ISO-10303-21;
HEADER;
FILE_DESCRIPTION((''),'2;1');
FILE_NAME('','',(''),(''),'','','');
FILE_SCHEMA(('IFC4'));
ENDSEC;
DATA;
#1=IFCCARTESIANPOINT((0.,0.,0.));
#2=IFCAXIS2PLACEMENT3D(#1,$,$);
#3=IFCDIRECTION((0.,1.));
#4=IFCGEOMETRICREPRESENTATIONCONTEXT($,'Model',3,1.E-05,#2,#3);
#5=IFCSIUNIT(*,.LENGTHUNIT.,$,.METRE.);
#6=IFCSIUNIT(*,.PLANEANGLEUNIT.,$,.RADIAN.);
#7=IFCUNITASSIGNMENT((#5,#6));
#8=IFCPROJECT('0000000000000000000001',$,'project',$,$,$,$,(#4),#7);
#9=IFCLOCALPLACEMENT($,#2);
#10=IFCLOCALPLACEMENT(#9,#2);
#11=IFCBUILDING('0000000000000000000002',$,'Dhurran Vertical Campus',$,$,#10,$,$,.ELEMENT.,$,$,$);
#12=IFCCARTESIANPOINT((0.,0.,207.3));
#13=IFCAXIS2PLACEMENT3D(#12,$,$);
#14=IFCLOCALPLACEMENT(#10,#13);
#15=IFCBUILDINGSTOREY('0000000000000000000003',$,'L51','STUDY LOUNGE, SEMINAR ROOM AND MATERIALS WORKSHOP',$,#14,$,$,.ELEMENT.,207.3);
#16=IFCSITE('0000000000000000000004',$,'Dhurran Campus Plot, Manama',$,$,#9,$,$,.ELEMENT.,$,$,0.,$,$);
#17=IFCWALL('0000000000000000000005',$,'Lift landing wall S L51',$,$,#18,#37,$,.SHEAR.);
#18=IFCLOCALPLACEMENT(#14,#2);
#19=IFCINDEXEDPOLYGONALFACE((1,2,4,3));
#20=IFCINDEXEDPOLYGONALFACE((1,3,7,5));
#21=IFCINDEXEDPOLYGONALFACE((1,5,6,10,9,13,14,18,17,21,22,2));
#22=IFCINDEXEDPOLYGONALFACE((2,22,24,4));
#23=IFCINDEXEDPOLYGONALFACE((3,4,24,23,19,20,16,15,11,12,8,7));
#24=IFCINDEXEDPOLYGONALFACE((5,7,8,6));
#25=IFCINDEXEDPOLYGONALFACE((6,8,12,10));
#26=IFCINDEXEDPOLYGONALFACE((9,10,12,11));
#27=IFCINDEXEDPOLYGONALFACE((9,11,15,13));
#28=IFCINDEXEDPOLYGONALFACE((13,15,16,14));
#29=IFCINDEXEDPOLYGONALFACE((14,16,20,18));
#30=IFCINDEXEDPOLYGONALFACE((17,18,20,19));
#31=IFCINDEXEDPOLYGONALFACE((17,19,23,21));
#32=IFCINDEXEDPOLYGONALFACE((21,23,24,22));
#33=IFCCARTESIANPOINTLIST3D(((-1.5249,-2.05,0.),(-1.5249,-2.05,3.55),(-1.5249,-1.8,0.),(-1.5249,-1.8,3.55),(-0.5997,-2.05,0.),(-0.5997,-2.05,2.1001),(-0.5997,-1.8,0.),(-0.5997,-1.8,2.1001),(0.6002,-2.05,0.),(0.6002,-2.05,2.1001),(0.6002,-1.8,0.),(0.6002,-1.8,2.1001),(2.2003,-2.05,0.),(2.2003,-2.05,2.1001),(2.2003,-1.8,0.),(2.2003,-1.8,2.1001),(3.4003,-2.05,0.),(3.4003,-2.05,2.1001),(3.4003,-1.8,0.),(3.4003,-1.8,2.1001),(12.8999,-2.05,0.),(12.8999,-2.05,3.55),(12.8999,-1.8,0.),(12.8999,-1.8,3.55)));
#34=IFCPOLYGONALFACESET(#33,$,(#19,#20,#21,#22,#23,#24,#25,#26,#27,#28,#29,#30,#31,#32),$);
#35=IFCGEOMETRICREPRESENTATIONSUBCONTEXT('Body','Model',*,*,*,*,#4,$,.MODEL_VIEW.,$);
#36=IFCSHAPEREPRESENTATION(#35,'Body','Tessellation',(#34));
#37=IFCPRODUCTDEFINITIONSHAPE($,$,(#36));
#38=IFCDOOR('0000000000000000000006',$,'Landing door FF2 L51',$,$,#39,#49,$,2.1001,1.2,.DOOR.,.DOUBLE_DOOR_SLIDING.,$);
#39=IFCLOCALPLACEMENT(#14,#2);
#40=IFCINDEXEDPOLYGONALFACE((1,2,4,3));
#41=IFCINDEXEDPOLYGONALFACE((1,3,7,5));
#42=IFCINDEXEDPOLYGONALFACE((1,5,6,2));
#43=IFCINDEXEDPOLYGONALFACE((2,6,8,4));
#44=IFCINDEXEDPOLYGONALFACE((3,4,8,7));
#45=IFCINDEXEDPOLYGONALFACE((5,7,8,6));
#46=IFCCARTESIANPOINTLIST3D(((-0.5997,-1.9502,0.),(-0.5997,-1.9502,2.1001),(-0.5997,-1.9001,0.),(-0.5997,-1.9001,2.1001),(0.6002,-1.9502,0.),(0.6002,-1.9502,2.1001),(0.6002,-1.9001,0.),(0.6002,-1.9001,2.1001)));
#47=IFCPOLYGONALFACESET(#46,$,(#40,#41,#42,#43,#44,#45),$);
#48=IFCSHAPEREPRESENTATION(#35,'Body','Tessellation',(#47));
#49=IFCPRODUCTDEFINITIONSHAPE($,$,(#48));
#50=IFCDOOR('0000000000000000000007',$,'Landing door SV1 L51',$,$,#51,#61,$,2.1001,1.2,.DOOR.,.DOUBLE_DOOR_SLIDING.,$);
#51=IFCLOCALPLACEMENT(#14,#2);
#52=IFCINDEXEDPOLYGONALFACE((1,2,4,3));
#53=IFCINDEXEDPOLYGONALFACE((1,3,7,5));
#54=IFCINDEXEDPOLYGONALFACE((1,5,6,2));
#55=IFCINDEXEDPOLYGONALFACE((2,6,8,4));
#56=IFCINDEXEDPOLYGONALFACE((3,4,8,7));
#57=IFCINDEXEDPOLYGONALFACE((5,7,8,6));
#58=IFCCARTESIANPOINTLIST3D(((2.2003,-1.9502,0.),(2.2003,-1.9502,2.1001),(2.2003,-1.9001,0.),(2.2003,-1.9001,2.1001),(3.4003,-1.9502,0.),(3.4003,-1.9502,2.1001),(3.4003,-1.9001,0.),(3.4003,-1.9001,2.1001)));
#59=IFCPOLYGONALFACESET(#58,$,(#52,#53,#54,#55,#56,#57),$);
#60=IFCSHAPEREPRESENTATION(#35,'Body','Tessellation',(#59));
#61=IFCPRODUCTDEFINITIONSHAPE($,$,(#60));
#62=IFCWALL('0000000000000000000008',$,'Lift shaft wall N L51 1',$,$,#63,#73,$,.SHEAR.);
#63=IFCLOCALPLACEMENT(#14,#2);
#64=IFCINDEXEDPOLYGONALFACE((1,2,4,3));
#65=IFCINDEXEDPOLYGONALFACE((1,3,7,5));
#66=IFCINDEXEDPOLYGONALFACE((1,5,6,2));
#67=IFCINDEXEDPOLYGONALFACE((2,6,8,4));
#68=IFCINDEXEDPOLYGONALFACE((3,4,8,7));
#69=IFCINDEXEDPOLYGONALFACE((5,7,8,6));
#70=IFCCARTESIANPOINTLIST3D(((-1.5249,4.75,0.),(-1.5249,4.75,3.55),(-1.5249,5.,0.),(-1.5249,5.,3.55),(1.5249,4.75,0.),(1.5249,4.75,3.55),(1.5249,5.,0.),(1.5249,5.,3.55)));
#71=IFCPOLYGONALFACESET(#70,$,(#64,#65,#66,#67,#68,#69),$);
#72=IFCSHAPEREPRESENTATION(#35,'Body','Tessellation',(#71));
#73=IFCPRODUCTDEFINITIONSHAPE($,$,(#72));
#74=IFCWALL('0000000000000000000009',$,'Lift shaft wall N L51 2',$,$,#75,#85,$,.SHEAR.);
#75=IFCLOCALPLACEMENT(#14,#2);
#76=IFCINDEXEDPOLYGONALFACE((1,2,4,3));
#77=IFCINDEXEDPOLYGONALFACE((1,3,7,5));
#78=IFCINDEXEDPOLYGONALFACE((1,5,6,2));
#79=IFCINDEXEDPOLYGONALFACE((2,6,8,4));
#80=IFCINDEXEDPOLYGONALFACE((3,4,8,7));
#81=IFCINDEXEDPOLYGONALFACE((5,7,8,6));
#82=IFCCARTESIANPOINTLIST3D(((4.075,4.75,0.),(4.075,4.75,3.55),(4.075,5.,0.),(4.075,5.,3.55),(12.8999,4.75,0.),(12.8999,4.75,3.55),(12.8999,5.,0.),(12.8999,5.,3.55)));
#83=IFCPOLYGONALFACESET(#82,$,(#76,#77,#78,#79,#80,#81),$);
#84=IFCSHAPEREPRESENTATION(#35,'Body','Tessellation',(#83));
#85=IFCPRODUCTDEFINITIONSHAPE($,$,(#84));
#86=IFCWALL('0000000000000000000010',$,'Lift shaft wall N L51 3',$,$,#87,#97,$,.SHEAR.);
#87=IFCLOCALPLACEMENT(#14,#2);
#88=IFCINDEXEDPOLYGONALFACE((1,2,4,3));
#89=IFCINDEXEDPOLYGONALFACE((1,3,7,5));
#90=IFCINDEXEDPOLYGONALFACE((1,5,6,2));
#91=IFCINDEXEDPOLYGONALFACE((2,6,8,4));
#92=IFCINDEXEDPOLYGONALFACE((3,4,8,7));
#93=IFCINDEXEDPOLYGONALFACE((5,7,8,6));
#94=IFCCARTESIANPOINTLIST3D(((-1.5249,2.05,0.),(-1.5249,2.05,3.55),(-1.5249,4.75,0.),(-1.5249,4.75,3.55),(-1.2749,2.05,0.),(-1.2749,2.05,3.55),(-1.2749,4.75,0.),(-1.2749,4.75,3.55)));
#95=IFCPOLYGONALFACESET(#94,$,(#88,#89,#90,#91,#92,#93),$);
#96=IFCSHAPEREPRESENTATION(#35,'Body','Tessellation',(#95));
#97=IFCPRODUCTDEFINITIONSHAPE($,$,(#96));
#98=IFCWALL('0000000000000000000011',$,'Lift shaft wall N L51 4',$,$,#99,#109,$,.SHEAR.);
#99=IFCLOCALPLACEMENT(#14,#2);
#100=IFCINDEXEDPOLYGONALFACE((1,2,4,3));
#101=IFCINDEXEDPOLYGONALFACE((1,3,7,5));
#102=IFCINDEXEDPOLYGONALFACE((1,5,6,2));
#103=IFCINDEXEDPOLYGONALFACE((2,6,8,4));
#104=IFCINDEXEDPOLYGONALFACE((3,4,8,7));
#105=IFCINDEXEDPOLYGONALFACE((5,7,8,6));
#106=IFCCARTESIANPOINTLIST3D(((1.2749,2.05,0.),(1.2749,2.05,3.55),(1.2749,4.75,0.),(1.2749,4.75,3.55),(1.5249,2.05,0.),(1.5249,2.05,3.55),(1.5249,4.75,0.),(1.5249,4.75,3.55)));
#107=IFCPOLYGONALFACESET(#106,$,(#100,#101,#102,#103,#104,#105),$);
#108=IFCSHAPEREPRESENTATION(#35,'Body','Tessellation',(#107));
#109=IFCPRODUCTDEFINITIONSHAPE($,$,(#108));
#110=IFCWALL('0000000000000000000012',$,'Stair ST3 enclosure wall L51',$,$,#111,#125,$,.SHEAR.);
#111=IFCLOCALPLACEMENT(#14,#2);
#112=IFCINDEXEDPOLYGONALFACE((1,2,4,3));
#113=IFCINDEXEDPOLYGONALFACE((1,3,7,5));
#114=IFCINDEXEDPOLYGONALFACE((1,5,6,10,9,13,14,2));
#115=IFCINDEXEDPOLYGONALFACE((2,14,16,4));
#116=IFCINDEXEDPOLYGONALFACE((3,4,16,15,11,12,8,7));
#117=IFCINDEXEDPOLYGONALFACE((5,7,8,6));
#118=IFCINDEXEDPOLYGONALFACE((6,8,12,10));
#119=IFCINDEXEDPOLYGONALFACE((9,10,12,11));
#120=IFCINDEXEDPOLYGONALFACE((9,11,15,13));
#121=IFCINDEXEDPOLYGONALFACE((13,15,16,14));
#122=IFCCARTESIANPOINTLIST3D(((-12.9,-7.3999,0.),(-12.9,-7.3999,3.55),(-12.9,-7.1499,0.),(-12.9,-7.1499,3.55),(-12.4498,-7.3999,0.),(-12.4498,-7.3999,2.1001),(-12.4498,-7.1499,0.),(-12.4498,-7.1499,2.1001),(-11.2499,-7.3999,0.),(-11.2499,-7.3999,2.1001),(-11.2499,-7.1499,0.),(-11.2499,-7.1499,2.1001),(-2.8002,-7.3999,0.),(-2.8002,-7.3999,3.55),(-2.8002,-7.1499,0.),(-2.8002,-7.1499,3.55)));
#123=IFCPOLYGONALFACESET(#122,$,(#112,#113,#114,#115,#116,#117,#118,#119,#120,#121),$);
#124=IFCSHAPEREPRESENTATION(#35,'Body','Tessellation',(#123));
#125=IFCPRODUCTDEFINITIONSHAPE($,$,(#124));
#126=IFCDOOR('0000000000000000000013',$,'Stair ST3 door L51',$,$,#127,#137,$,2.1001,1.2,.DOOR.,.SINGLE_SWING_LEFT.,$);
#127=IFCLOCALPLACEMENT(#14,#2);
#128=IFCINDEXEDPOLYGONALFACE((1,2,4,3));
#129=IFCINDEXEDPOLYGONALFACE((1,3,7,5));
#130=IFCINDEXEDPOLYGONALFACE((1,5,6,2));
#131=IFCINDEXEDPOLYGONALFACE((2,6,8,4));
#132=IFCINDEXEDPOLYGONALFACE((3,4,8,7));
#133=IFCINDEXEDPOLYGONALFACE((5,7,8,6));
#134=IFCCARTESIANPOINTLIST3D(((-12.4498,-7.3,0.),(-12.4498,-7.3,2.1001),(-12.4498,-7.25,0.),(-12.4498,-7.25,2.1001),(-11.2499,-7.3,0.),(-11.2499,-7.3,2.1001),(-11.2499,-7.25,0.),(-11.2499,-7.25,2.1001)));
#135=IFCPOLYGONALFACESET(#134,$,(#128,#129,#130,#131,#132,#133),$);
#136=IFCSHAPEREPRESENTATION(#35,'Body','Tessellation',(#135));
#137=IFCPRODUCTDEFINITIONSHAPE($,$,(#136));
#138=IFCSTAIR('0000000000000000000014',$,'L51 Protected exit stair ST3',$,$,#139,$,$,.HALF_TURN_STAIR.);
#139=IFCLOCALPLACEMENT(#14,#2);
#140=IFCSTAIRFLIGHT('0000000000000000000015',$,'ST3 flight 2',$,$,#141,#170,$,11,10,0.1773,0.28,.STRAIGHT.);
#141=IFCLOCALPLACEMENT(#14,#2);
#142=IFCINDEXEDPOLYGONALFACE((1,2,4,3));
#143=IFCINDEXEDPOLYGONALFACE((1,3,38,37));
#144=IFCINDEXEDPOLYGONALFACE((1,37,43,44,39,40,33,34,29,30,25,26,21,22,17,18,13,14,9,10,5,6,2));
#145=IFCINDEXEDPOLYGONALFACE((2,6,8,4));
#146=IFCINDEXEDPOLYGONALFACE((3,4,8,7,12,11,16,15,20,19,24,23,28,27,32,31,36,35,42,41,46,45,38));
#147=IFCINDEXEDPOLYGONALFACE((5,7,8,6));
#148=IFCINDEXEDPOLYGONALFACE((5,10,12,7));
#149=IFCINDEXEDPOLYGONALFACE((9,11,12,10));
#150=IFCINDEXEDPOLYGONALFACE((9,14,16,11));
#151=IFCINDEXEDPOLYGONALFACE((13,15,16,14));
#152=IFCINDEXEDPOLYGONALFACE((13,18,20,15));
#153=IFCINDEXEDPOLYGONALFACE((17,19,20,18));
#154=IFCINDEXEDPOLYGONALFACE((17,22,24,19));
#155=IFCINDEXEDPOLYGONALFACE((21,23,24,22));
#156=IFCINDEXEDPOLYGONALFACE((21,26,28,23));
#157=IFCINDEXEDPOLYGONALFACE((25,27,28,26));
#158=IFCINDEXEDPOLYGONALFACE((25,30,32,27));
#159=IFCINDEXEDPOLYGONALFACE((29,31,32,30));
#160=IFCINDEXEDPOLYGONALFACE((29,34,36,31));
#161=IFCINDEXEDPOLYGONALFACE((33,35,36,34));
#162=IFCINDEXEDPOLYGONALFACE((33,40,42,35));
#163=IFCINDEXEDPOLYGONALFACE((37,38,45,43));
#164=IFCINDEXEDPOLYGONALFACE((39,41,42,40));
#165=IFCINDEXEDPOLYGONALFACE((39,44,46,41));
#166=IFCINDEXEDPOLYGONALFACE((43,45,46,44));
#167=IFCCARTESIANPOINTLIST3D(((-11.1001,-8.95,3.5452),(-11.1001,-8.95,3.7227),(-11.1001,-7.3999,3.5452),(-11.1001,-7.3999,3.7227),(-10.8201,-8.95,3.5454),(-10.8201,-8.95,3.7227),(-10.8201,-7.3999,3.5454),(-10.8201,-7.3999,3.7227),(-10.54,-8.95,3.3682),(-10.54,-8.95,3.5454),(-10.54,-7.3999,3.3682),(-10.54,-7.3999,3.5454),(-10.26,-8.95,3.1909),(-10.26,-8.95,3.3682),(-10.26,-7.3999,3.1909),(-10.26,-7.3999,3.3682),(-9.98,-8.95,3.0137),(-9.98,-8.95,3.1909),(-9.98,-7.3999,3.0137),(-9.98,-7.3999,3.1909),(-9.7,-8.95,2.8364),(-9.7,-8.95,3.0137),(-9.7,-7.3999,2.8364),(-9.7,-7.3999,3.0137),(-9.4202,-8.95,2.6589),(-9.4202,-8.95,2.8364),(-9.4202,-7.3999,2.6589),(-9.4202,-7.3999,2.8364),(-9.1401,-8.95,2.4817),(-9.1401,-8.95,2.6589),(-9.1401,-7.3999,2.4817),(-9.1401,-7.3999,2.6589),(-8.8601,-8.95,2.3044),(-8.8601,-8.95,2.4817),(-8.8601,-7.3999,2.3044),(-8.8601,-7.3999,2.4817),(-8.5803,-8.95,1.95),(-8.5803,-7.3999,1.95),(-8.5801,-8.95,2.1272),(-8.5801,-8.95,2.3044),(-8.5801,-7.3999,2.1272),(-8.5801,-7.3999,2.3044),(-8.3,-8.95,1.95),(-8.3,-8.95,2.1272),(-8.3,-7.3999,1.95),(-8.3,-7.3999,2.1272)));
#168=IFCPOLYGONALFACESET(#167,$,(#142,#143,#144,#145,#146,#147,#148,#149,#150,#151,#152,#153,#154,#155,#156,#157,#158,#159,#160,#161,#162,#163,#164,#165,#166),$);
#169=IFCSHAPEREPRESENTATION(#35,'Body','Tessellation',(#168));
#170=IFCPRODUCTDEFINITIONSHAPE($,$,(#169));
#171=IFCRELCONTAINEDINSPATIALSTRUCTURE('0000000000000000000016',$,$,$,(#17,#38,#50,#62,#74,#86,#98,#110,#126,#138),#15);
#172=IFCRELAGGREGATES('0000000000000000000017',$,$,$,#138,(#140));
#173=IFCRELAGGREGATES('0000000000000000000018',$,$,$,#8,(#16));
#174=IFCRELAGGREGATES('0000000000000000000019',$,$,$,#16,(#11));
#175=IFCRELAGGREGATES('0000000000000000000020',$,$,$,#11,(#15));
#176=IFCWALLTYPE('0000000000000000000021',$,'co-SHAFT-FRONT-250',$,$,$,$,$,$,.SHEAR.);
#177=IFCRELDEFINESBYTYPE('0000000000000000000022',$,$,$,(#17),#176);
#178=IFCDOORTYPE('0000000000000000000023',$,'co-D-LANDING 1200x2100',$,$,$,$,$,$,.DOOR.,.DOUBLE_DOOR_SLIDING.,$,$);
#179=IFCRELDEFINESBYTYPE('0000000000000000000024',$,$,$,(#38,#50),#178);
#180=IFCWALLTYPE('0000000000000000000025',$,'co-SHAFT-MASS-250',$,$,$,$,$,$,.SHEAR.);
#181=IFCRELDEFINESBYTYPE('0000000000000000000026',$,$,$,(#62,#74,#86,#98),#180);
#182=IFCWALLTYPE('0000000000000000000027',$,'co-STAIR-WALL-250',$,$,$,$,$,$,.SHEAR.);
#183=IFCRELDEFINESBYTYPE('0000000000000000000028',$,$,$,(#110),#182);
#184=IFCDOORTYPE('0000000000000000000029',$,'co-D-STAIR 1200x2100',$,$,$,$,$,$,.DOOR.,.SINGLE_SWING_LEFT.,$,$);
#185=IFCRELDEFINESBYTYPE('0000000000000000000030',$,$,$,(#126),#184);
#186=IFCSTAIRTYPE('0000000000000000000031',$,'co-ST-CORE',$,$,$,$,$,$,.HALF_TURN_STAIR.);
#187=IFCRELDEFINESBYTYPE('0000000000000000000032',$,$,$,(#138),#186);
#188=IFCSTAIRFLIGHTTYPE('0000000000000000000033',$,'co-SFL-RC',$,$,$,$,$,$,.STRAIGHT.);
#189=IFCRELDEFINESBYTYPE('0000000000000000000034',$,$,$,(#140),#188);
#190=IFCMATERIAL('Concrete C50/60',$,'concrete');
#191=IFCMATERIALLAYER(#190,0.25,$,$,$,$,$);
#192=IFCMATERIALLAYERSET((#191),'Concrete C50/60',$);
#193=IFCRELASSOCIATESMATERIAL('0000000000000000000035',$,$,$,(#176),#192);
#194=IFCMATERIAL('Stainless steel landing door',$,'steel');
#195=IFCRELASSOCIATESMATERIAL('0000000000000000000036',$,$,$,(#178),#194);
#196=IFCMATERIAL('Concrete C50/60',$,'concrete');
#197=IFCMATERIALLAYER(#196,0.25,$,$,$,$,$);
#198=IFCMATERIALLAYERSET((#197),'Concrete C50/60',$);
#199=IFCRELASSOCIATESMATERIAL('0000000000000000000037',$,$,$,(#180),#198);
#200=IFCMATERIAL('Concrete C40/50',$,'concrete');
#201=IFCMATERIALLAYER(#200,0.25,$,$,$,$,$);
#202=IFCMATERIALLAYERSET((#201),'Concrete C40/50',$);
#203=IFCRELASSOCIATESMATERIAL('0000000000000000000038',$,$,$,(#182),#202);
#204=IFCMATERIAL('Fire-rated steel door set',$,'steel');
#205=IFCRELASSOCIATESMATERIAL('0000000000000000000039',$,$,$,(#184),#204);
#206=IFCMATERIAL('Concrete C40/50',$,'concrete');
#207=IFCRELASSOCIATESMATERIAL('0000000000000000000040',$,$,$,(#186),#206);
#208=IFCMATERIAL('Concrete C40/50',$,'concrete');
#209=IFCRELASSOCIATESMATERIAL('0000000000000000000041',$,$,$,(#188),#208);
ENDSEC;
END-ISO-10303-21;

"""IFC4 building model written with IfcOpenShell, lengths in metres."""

from ifc_helpers import new_model, si_unit, direction, frame, frame_2d, origin, place, context, subcontext, project, spatial, polyline, rectangle, outline, extrude, material, layer, layer_set, type_object, element, fill, aggregate, save


model = new_model("IFC4")

# Units and contexts
model_context = context("Model", 3, precision=1e-05, world=origin(), true_north=direction((0.0, 1.0)))
body_context = subcontext(model_context, "Body", "Model", "MODEL_VIEW")
ifc_project = project(units=[si_unit("LENGTHUNIT", "METRE"), si_unit("PLANEANGLEUNIT", "RADIAN")], contexts=[model_context])

# Site, building, storey
site_placement = place(None, origin())
site = spatial("IfcSite", under=ifc_project, at=site_placement, Name="Dhurran Campus Plot, Manama", CompositionType="ELEMENT", RefElevation=0.0)
building_placement = place(site_placement, origin())
building = spatial("IfcBuilding", under=site, at=building_placement, Name="Dhurran Vertical Campus", CompositionType="ELEMENT")
storey_placement = place(building_placement, frame((0.0, 0.0, 207.3)))
storey = spatial("IfcBuildingStorey", under=building, at=storey_placement, Name="L51", Description="STUDY LOUNGE, SEMINAR ROOM AND MATERIALS WORKSHOP", CompositionType="ELEMENT", Elevation=207.3)

# Wall, openings, doors
ifc_material_1 = material(Name="Concrete C50/60", Category="concrete")
ifc_layer_1 = layer(ifc_material_1, 0.25)
ifc_layer_set_1 = layer_set([ifc_layer_1], Name="Concrete C50/60")
wall_type_1 = type_object("IfcWallType", Name="co-SHAFT-FRONT-250", PredefinedType="SHEAR", material=ifc_layer_set_1)
ifc_material_2 = material(Name="Stainless steel landing door", Category="steel")
door_type_1 = type_object("IfcDoorType", Name="co-D-LANDING 1200x2100", OperationType="DOUBLE_DOOR_SLIDING", PredefinedType="DOOR", material=ifc_material_2)
wall_1_placement = place(storey_placement, frame((-1.5249, -1.925, 0.0), z_axis=(0.0, 0.0, 1.0), x_axis=(1.0, 0.0, 0.0)))
wall_1 = element("IfcWall", 1, at=wall_1_placement, inside=storey, type_object=wall_type_1, Name="Lift landing wall S L51", PredefinedType="SHEAR", context=body_context, shape_type="SweptSolid", body=[
    extrude(rectangle(XDim=14.4248, YDim=0.25, at=frame_2d((7.2124, 0.0))), origin(), (0.0, 0.0, 1.0), 3.55),
])
opening_1_placement = place(wall_1_placement, frame((0.925, 0.0, 0.0)))
opening_1 = element("IfcOpeningElement", 2, at=opening_1_placement, cuts=wall_1, PredefinedType="OPENING", context=body_context, shape_type="SweptSolid", body=[
    extrude(rectangle(XDim=1.2, YDim=2.1001, at=frame_2d((0.6001, 1.05))), frame((0.0, 0.135, 0.0), z_axis=(0.0, -1.0, 0.0), x_axis=(1.0, 0.0, 0.0)), (0.0, 0.0, 1.0), 0.27),
])
opening_2_placement = place(wall_1_placement, frame((3.7251, 0.0, 0.0)))
opening_2 = element("IfcOpeningElement", 3, at=opening_2_placement, cuts=wall_1, PredefinedType="OPENING", context=body_context, shape_type="SweptSolid", body=[
    extrude(rectangle(XDim=1.2, YDim=2.1001, at=frame_2d((0.6001, 1.05))), frame((0.0, 0.135, 0.0), z_axis=(0.0, -1.0, 0.0), x_axis=(1.0, 0.0, 0.0)), (0.0, 0.0, 1.0), 0.27),
])
door_1_placement = place(opening_1_placement, origin())
door_1 = element("IfcDoor", 4, at=door_1_placement, inside=storey, type_object=door_type_1, Name="Landing door FF2 L51", OperationType="DOUBLE_DOOR_SLIDING", OverallHeight=2.1001, OverallWidth=1.2, PredefinedType="DOOR", context=body_context, shape_type="SweptSolid", body=[
    extrude(rectangle(XDim=1.2, YDim=2.1001, at=frame_2d((0.6001, 1.05))), frame((0.0, 0.0249, 0.0), z_axis=(0.0, -1.0, 0.0), x_axis=(1.0, 0.0, 0.0)), (0.0, 0.0, 1.0), 0.05),
])
fill(opening_1, door_1)
door_2_placement = place(opening_2_placement, origin())
door_2 = element("IfcDoor", 5, at=door_2_placement, inside=storey, type_object=door_type_1, Name="Landing door SV1 L51", OperationType="DOUBLE_DOOR_SLIDING", OverallHeight=2.1001, OverallWidth=1.2, PredefinedType="DOOR", context=body_context, shape_type="SweptSolid", body=[
    extrude(rectangle(XDim=1.2, YDim=2.1001, at=frame_2d((0.6001, 1.05))), frame((0.0, 0.0249, 0.0), z_axis=(0.0, -1.0, 0.0), x_axis=(1.0, 0.0, 0.0)), (0.0, 0.0, 1.0), 0.05),
])
fill(opening_2, door_2)

# Walls
ifc_material_3 = material(Name="Concrete C50/60", Category="concrete")
ifc_layer_2 = layer(ifc_material_3, 0.25)
ifc_layer_set_2 = layer_set([ifc_layer_2], Name="Concrete C50/60")
wall_type_2 = type_object("IfcWallType", Name="co-SHAFT-MASS-250", PredefinedType="SHEAR", material=ifc_layer_set_2)
wall_2_placement = place(storey_placement, origin())
element("IfcWall", 6, at=wall_2_placement, inside=storey, type_object=wall_type_2, Name="Lift shaft wall N L51 1", PredefinedType="SHEAR", context=body_context, shape_type="SweptSolid", body=[
    extrude(outline(polyline([(-1.5249, 4.75), (1.5249, 4.75), (1.5249, 5.0), (-1.5249, 5.0), (-1.5249, 4.75)])), origin(), (0.0, 0.0, 1.0), 3.55),
])
wall_3_placement = place(storey_placement, origin())
element("IfcWall", 7, at=wall_3_placement, inside=storey, type_object=wall_type_2, Name="Lift shaft wall N L51 2", PredefinedType="SHEAR", context=body_context, shape_type="SweptSolid", body=[
    extrude(outline(polyline([(4.075, 4.75), (12.8999, 4.75), (12.8999, 5.0), (4.075, 5.0), (4.075, 4.75)])), origin(), (0.0, 0.0, 1.0), 3.55),
])
wall_4_placement = place(storey_placement, origin())
element("IfcWall", 8, at=wall_4_placement, inside=storey, type_object=wall_type_2, Name="Lift shaft wall N L51 3", PredefinedType="SHEAR", context=body_context, shape_type="SweptSolid", body=[
    extrude(outline(polyline([(-1.5249, 2.05), (-1.2749, 2.05), (-1.2749, 4.75), (-1.5249, 4.75), (-1.5249, 2.05)])), origin(), (0.0, 0.0, 1.0), 3.55),
])
wall_5_placement = place(storey_placement, origin())
element("IfcWall", 9, at=wall_5_placement, inside=storey, type_object=wall_type_2, Name="Lift shaft wall N L51 4", PredefinedType="SHEAR", context=body_context, shape_type="SweptSolid", body=[
    extrude(outline(polyline([(1.2749, 2.05), (1.5249, 2.05), (1.5249, 4.75), (1.2749, 4.75), (1.2749, 2.05)])), origin(), (0.0, 0.0, 1.0), 3.55),
])

# Wall, opening, door
ifc_material_4 = material(Name="Concrete C40/50", Category="concrete")
ifc_layer_3 = layer(ifc_material_4, 0.25)
ifc_layer_set_3 = layer_set([ifc_layer_3], Name="Concrete C40/50")
wall_type_3 = type_object("IfcWallType", Name="co-STAIR-WALL-250", PredefinedType="SHEAR", material=ifc_layer_set_3)
wall_6_placement = place(storey_placement, frame((-12.8999, -7.2749, 0.0), z_axis=(0.0, 0.0, 1.0), x_axis=(1.0, 0.0, 0.0)))
wall_6 = element("IfcWall", 10, at=wall_6_placement, inside=storey, type_object=wall_type_3, Name="Stair ST3 enclosure wall L51", PredefinedType="SHEAR", context=body_context, shape_type="SweptSolid", body=[
    extrude(rectangle(XDim=10.0999, YDim=0.25, at=frame_2d((5.0498, 0.0))), origin(), (0.0, 0.0, 1.0), 3.55),
])
opening_3_placement = place(wall_6_placement, frame((0.45, 0.0, 0.0)))
opening_3 = element("IfcOpeningElement", 11, at=opening_3_placement, cuts=wall_6, PredefinedType="OPENING", context=body_context, shape_type="SweptSolid", body=[
    extrude(rectangle(XDim=1.2, YDim=2.1001, at=frame_2d((0.6001, 1.05))), frame((0.0, 0.135, 0.0), z_axis=(0.0, -1.0, 0.0), x_axis=(1.0, 0.0, 0.0)), (0.0, 0.0, 1.0), 0.27),
])
ifc_material_5 = material(Name="Fire-rated steel door set", Category="steel")
door_type_2 = type_object("IfcDoorType", Name="co-D-STAIR 1200x2100", OperationType="SINGLE_SWING_LEFT", PredefinedType="DOOR", material=ifc_material_5)
door_3_placement = place(opening_3_placement, origin())
door_3 = element("IfcDoor", 12, at=door_3_placement, inside=storey, type_object=door_type_2, Name="Stair ST3 door L51", OperationType="SINGLE_SWING_LEFT", OverallHeight=2.1001, OverallWidth=1.2, PredefinedType="DOOR", context=body_context, shape_type="SweptSolid", body=[
    extrude(rectangle(XDim=1.2, YDim=2.1001, at=frame_2d((0.6001, 1.05))), frame((0.0, 0.0249, 0.0), z_axis=(0.0, -1.0, 0.0), x_axis=(1.0, 0.0, 0.0)), (0.0, 0.0, 1.0), 0.05),
])
fill(opening_3, door_3)

# Stair, stair flight
ifc_material_6 = material(Name="Concrete C40/50", Category="concrete")
stair_type = type_object("IfcStairType", Name="co-ST-CORE", PredefinedType="HALF_TURN_STAIR", material=ifc_material_6)
stair_placement = place(storey_placement, origin())
stair = element("IfcStair", 13, at=stair_placement, inside=storey, type_object=stair_type, Name="L51 Protected exit stair ST3", PredefinedType="HALF_TURN_STAIR")
ifc_material_7 = material(Name="Concrete C40/50", Category="concrete")
stair_flight_type = type_object("IfcStairFlightType", Name="co-SFL-RC", PredefinedType="STRAIGHT", material=ifc_material_7)
stair_flight_placement = place(storey_placement, frame((-8.3, -8.175, 1.95), z_axis=(0.0, 0.0, 1.0), x_axis=(-1.0, 0.0, 0.0)))
stair_flight = element("IfcStairFlight", 14, at=stair_flight_placement, type_object=stair_flight_type, Name="ST3 flight 2", NumberOfRisers=11, NumberOfTreads=10, PredefinedType="STRAIGHT", RiserHeight=0.1773, TreadLength=0.28, context=body_context, shape_type="SweptSolid", body=[
    extrude(outline(polyline([(0.0, 0.0), (0.0, 0.1772), (0.28, 0.1772), (0.28, 0.3545), (0.5601, 0.3545), (0.5601, 0.5317), (0.8401, 0.5317), (0.8401, 0.709), (1.1201, 0.709), (1.1201, 0.8865), (1.3999, 0.8865), (1.3999, 1.0637), (1.6799, 1.0637), (1.6799, 1.241), (1.96, 1.241), (1.96, 1.4182), (2.24, 1.4182), (2.24, 1.5955), (2.52, 1.5955), (2.52, 1.7727), (2.8, 1.7727), (2.8, 1.95), (2.8, 1.5952), (0.2803, 0.0), (0.0, 0.0)])), frame((0.0, 0.7749, 0.0), z_axis=(0.0, -1.0, 0.0), x_axis=(1.0, 0.0, 0.0)), (0.0, 0.0, 1.0), 1.55),
])
aggregate(stair, [stair_flight])

save(model, "model.ifc")
